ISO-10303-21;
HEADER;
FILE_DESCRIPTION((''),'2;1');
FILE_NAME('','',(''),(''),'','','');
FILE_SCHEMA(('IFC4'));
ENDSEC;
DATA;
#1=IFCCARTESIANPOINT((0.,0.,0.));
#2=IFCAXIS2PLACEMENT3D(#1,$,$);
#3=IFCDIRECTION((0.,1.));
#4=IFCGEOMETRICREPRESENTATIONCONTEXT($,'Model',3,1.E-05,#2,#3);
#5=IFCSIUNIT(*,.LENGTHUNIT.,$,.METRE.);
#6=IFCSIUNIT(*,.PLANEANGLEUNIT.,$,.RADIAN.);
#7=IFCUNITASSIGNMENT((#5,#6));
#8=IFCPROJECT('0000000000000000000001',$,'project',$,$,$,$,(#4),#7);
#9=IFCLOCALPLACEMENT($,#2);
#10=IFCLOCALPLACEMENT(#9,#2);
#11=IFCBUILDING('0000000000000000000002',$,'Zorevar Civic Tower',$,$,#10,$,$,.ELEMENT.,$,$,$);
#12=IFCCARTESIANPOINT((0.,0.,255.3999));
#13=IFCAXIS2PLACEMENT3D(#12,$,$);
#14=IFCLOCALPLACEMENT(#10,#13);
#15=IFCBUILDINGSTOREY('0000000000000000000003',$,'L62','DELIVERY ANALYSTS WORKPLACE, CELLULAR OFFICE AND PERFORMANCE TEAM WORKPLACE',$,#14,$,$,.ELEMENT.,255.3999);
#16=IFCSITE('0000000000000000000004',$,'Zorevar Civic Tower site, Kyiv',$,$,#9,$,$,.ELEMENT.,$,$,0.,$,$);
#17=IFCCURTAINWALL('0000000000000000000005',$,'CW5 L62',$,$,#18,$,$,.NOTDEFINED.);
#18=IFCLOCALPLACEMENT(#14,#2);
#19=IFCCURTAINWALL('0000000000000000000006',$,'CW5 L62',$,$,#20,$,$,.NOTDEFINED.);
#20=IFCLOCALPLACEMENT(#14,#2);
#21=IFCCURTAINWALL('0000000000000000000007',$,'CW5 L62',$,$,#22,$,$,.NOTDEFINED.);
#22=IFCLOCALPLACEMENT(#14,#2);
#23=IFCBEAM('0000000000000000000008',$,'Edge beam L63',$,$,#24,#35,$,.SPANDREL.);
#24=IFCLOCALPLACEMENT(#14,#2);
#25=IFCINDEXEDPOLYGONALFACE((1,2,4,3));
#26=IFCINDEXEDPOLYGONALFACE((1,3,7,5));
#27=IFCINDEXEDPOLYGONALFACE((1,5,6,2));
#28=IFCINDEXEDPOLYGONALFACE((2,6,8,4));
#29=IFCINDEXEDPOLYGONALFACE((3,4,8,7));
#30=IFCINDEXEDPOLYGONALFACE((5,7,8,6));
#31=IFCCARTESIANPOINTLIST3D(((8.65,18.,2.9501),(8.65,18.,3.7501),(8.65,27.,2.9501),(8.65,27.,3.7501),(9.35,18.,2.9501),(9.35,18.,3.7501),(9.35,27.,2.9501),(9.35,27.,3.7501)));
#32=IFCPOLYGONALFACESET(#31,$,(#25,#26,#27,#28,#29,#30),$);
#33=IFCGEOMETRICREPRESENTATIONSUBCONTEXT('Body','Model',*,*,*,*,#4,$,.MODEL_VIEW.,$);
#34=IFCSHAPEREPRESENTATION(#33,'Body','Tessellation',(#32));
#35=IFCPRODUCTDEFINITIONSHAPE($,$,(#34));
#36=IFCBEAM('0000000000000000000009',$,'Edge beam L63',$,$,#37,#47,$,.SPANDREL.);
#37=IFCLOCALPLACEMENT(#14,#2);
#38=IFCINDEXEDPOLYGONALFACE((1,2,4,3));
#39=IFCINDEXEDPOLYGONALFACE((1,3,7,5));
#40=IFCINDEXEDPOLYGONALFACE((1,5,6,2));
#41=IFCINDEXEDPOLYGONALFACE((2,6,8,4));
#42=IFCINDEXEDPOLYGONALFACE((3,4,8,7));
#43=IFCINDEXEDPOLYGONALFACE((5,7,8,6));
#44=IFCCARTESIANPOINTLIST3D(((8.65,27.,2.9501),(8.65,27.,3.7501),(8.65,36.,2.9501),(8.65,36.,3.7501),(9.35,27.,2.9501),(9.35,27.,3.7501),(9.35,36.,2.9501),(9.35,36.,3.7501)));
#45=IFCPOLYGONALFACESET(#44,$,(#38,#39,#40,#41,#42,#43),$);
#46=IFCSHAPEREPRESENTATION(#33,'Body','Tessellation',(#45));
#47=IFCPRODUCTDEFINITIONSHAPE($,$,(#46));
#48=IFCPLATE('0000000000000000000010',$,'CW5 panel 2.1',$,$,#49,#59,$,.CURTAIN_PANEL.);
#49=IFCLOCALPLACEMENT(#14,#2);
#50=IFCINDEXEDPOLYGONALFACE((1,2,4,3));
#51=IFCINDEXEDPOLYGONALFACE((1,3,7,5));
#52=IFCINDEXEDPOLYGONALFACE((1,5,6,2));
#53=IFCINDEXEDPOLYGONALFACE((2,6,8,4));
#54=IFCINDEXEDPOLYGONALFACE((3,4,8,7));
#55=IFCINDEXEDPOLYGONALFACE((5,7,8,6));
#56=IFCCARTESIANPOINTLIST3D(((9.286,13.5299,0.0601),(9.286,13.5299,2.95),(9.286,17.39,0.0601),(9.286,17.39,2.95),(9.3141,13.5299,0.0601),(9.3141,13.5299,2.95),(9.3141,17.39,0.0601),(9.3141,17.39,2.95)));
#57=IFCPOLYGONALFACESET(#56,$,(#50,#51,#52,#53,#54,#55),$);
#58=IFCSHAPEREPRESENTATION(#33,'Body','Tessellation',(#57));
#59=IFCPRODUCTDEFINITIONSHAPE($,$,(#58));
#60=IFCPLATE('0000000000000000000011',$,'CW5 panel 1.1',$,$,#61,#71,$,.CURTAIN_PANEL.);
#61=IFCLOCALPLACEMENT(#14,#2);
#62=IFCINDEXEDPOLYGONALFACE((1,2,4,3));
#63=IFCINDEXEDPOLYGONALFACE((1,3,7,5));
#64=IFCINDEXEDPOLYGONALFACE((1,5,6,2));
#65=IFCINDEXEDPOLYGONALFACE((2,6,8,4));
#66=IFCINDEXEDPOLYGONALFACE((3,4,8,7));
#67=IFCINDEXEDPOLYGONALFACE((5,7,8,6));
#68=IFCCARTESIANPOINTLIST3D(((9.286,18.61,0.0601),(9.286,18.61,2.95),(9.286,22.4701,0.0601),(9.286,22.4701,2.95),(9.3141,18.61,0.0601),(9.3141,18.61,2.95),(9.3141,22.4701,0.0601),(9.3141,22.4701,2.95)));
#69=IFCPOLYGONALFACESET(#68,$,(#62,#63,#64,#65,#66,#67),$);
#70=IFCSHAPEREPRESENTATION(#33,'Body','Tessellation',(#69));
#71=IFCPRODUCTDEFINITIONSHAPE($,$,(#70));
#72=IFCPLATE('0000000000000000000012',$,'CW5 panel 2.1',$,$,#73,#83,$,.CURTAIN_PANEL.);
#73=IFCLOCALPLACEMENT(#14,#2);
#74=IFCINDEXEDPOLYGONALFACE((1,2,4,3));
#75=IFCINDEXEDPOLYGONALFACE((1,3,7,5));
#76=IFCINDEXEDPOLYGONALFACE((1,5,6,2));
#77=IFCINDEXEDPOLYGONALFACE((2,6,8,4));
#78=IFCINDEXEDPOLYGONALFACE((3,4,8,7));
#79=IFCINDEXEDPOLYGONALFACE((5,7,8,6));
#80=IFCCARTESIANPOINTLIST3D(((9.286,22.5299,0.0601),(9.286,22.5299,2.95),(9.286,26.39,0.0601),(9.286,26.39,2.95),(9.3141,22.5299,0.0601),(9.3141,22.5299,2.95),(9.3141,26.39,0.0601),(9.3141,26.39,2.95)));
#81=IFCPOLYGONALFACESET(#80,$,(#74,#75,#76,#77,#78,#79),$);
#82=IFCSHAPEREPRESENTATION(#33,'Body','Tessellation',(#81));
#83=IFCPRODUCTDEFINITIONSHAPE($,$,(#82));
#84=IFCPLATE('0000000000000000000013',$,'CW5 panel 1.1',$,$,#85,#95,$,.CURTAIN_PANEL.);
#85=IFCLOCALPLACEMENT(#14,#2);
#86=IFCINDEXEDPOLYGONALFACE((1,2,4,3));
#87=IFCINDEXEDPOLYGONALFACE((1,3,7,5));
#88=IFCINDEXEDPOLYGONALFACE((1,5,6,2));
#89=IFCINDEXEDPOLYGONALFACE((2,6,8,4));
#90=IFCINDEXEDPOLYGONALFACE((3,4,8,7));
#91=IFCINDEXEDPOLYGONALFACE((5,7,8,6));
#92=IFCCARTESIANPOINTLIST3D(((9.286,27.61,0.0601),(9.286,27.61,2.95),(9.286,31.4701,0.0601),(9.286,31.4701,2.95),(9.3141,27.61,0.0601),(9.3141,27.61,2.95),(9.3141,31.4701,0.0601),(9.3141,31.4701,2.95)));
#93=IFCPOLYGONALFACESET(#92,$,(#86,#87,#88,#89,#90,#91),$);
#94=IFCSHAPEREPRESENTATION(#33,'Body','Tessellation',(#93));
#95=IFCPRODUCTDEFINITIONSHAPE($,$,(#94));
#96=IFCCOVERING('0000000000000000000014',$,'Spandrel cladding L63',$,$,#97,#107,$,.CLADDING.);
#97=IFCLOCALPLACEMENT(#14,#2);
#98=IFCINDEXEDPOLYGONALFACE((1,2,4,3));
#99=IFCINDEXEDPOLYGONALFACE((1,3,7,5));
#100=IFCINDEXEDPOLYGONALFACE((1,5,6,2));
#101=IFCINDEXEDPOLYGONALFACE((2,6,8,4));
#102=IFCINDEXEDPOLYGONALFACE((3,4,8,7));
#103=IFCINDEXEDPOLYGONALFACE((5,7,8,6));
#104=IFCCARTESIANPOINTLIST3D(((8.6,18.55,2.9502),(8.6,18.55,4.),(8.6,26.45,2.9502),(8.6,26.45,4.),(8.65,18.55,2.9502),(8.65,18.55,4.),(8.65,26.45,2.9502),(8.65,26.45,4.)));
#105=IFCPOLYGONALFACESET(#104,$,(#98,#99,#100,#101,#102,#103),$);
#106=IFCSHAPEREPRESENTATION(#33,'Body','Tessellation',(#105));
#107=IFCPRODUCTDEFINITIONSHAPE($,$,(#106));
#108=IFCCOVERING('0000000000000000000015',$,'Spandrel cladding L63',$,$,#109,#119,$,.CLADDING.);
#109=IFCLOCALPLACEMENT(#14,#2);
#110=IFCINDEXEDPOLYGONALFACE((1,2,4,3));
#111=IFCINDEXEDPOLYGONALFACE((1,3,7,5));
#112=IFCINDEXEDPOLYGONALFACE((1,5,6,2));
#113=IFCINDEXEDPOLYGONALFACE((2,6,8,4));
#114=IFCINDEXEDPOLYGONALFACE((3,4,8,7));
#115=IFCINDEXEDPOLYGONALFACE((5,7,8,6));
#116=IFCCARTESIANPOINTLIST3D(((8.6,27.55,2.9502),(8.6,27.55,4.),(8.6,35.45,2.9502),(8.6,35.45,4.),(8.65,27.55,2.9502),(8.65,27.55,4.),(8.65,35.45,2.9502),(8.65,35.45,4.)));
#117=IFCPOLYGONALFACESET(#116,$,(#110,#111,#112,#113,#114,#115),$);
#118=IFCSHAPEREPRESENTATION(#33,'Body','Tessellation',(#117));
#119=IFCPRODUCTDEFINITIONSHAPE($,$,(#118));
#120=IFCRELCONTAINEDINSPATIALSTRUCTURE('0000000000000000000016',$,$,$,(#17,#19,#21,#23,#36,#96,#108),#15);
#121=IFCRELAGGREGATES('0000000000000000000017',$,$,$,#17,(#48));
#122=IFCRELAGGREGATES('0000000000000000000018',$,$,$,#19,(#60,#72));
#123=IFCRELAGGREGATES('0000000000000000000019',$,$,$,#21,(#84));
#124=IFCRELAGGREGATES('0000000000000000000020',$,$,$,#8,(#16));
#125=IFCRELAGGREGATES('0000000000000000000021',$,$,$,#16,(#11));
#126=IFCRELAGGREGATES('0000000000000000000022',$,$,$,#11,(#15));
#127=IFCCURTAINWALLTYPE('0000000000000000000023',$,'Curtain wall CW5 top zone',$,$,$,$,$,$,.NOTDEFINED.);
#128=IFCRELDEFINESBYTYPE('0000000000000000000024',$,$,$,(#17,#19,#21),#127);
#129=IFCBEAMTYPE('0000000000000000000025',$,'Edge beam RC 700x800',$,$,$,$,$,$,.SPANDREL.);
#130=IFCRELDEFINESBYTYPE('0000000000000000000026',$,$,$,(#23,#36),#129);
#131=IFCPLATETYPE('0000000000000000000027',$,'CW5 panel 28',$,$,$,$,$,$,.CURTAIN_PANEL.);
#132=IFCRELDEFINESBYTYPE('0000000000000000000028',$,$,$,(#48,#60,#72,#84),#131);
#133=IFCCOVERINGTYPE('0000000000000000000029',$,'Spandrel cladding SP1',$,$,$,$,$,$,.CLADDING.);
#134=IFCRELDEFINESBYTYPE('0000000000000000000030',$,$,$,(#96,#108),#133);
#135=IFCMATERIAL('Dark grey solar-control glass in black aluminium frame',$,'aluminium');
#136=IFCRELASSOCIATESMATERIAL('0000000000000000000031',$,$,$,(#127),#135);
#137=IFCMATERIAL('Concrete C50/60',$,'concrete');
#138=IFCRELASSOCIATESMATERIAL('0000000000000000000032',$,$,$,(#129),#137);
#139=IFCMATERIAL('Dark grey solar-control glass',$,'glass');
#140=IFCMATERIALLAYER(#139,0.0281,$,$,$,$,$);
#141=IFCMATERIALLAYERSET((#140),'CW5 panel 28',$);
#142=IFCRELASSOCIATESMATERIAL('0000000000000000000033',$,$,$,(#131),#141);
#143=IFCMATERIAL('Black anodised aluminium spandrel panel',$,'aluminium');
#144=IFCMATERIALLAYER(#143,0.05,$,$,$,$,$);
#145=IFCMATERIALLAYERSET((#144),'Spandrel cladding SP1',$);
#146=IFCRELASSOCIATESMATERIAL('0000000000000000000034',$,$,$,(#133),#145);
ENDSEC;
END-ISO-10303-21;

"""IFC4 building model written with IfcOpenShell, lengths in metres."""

from ifc_helpers import new_model, si_unit, direction, frame, frame_2d, origin, origin_2d, place, context, subcontext, project, spatial, rectangle, extrude, material, layer, layer_set, material_profile, profile_set, type_object, element, aggregate, save


model = new_model("IFC4")

# Units and contexts
model_context = context("Model", 3, precision=1e-05, world=origin(), true_north=direction((0.0, 1.0)))
body_context = subcontext(model_context, "Body", "Model", "MODEL_VIEW")
ifc_project = project(units=[si_unit("LENGTHUNIT", "METRE"), si_unit("PLANEANGLEUNIT", "RADIAN")], contexts=[model_context])

# Site, building, storey
site_placement = place(None, origin())
site = spatial("IfcSite", under=ifc_project, at=site_placement, Name="Zorevar Civic Tower site, Kyiv", CompositionType="ELEMENT", RefElevation=0.0)
building_placement = place(site_placement, origin())
building = spatial("IfcBuilding", under=site, at=building_placement, Name="Zorevar Civic Tower", CompositionType="ELEMENT")
storey_placement = place(building_placement, frame((0.0, 0.0, 255.3999)))
storey = spatial("IfcBuildingStorey", under=building, at=storey_placement, Name="L62", Description="DELIVERY ANALYSTS WORKPLACE, CELLULAR OFFICE AND PERFORMANCE TEAM WORKPLACE", CompositionType="ELEMENT", Elevation=255.3999)

# Curtain walls
ifc_material_1 = material(Name="Dark grey solar-control glass in black aluminium frame", Category="aluminium")
curtain_wall_type = type_object("IfcCurtainWallType", Name="Curtain wall CW5 top zone", PredefinedType="NOTDEFINED", material=ifc_material_1)
curtain_wall_1_placement = place(storey_placement, origin())
curtain_wall_1 = element("IfcCurtainWall", 1, at=curtain_wall_1_placement, inside=storey, type_object=curtain_wall_type, Name="CW5 L62", PredefinedType="NOTDEFINED")
curtain_wall_2_placement = place(storey_placement, origin())
curtain_wall_2 = element("IfcCurtainWall", 2, at=curtain_wall_2_placement, inside=storey, type_object=curtain_wall_type, Name="CW5 L62", PredefinedType="NOTDEFINED")

# Curtain wall
curtain_wall_3_placement = place(storey_placement, origin())
curtain_wall_3 = element("IfcCurtainWall", 3, at=curtain_wall_3_placement, inside=storey, type_object=curtain_wall_type, Name="CW5 L62", PredefinedType="NOTDEFINED")

# Beams
ifc_material_2 = material(Name="Concrete C50/60", Category="concrete")
ifc_material_profile_1 = material_profile(ifc_material_2, rectangle(XDim=0.7, YDim=0.8, at=origin_2d()), Name="RC 700x800")
ifc_profile_set_1 = profile_set([ifc_material_profile_1], Name="Concrete C50/60")
beam_type_1 = type_object("IfcBeamType", Name="Edge beam RC 700x800", PredefinedType="SPANDREL", material=ifc_profile_set_1)
for number, where, z_axis, x_axis, name in (
    (4, (9.0, 18.0, 3.3501), (0.0, 1.0, 0.0), (-1.0, 0.0, 0.0), "Edge beam L63"),
    (5, (9.0, 27.0, 3.3501), (0.0, 1.0, 0.0), (-1.0, 0.0, 0.0), "Edge beam L63"),
):
    element("IfcBeam", number, at=place(storey_placement, frame(where, z_axis=z_axis, x_axis=x_axis)), inside=storey, type_object=beam_type_1, Name=name, PredefinedType="SPANDREL", context=body_context, shape_type="SweptSolid", body=[
        extrude(rectangle(XDim=0.7, YDim=0.8, at=origin_2d()), origin(), (0.0, 0.0, 1.0), 9.0),
    ])

# Plates
ifc_material_3 = material(Name="Dark grey solar-control glass", Category="glass")
ifc_layer_1 = layer(ifc_material_3, 0.0281)
ifc_layer_set_1 = layer_set([ifc_layer_1], Name="CW5 panel 28")
plate_type = type_object("IfcPlateType", Name="CW5 panel 28", PredefinedType="CURTAIN_PANEL", material=ifc_layer_set_1)
plate_1_placement = place(storey_placement, frame((9.3, 15.46, 0.0601), z_axis=(0.0, 0.0, 1.0), x_axis=(0.0, 1.0, 0.0)))
plate_1 = element("IfcPlate", 6, at=plate_1_placement, type_object=plate_type, Name="CW5 panel 2.1", PredefinedType="CURTAIN_PANEL", context=body_context, shape_type="SweptSolid", body=[
    extrude(rectangle(XDim=3.8601, YDim=0.0281, at=origin_2d()), origin(), (0.0, 0.0, 1.0), 2.8899),
])
aggregate(curtain_wall_1, [plate_1])
plate_2_placement = place(storey_placement, frame((9.3, 20.54, 0.0601), z_axis=(0.0, 0.0, 1.0), x_axis=(0.0, 1.0, 0.0)))
plate_2 = element("IfcPlate", 7, at=plate_2_placement, type_object=plate_type, Name="CW5 panel 1.1", PredefinedType="CURTAIN_PANEL", context=body_context, shape_type="SweptSolid", body=[
    extrude(rectangle(XDim=3.8601, YDim=0.0281, at=origin_2d()), origin(), (0.0, 0.0, 1.0), 2.8899),
])
plate_3_placement = place(storey_placement, frame((9.3, 24.46, 0.0601), z_axis=(0.0, 0.0, 1.0), x_axis=(0.0, 1.0, 0.0)))
plate_3 = element("IfcPlate", 8, at=plate_3_placement, type_object=plate_type, Name="CW5 panel 2.1", PredefinedType="CURTAIN_PANEL", context=body_context, shape_type="SweptSolid", body=[
    extrude(rectangle(XDim=3.8601, YDim=0.0281, at=origin_2d()), origin(), (0.0, 0.0, 1.0), 2.8899),
])
aggregate(curtain_wall_2, [plate_2, plate_3])
plate_4_placement = place(storey_placement, frame((9.3, 29.54, 0.0601), z_axis=(0.0, 0.0, 1.0), x_axis=(0.0, 1.0, 0.0)))
plate_4 = element("IfcPlate", 9, at=plate_4_placement, type_object=plate_type, Name="CW5 panel 1.1", PredefinedType="CURTAIN_PANEL", context=body_context, shape_type="SweptSolid", body=[
    extrude(rectangle(XDim=3.8601, YDim=0.0281, at=origin_2d()), origin(), (0.0, 0.0, 1.0), 2.8899),
])
aggregate(curtain_wall_3, [plate_4])

# Coverings
ifc_material_4 = material(Name="Black anodised aluminium spandrel panel", Category="aluminium")
ifc_layer_2 = layer(ifc_material_4, 0.05)
ifc_layer_set_2 = layer_set([ifc_layer_2], Name="Spandrel cladding SP1")
covering_type = type_object("IfcCoveringType", Name="Spandrel cladding SP1", PredefinedType="CLADDING", material=ifc_layer_set_2)
for number, where, z_axis, x_axis, name in (
    (10, (8.625, 18.55, 2.9502), (0.0, 0.0, 1.0), (0.0, 1.0, 0.0), "Spandrel cladding L63"),
    (11, (8.625, 27.55, 2.9502), (0.0, 0.0, 1.0), (0.0, 1.0, 0.0), "Spandrel cladding L63"),
):
    element("IfcCovering", number, at=place(storey_placement, frame(where, z_axis=z_axis, x_axis=x_axis)), inside=storey, type_object=covering_type, Name=name, PredefinedType="CLADDING", context=body_context, shape_type="SweptSolid", body=[
        extrude(rectangle(XDim=7.8999, YDim=0.05, at=frame_2d((3.95, 0.0))), origin(), (0.0, 0.0, 1.0), 1.0498),
    ])

save(model, "model.ifc")
